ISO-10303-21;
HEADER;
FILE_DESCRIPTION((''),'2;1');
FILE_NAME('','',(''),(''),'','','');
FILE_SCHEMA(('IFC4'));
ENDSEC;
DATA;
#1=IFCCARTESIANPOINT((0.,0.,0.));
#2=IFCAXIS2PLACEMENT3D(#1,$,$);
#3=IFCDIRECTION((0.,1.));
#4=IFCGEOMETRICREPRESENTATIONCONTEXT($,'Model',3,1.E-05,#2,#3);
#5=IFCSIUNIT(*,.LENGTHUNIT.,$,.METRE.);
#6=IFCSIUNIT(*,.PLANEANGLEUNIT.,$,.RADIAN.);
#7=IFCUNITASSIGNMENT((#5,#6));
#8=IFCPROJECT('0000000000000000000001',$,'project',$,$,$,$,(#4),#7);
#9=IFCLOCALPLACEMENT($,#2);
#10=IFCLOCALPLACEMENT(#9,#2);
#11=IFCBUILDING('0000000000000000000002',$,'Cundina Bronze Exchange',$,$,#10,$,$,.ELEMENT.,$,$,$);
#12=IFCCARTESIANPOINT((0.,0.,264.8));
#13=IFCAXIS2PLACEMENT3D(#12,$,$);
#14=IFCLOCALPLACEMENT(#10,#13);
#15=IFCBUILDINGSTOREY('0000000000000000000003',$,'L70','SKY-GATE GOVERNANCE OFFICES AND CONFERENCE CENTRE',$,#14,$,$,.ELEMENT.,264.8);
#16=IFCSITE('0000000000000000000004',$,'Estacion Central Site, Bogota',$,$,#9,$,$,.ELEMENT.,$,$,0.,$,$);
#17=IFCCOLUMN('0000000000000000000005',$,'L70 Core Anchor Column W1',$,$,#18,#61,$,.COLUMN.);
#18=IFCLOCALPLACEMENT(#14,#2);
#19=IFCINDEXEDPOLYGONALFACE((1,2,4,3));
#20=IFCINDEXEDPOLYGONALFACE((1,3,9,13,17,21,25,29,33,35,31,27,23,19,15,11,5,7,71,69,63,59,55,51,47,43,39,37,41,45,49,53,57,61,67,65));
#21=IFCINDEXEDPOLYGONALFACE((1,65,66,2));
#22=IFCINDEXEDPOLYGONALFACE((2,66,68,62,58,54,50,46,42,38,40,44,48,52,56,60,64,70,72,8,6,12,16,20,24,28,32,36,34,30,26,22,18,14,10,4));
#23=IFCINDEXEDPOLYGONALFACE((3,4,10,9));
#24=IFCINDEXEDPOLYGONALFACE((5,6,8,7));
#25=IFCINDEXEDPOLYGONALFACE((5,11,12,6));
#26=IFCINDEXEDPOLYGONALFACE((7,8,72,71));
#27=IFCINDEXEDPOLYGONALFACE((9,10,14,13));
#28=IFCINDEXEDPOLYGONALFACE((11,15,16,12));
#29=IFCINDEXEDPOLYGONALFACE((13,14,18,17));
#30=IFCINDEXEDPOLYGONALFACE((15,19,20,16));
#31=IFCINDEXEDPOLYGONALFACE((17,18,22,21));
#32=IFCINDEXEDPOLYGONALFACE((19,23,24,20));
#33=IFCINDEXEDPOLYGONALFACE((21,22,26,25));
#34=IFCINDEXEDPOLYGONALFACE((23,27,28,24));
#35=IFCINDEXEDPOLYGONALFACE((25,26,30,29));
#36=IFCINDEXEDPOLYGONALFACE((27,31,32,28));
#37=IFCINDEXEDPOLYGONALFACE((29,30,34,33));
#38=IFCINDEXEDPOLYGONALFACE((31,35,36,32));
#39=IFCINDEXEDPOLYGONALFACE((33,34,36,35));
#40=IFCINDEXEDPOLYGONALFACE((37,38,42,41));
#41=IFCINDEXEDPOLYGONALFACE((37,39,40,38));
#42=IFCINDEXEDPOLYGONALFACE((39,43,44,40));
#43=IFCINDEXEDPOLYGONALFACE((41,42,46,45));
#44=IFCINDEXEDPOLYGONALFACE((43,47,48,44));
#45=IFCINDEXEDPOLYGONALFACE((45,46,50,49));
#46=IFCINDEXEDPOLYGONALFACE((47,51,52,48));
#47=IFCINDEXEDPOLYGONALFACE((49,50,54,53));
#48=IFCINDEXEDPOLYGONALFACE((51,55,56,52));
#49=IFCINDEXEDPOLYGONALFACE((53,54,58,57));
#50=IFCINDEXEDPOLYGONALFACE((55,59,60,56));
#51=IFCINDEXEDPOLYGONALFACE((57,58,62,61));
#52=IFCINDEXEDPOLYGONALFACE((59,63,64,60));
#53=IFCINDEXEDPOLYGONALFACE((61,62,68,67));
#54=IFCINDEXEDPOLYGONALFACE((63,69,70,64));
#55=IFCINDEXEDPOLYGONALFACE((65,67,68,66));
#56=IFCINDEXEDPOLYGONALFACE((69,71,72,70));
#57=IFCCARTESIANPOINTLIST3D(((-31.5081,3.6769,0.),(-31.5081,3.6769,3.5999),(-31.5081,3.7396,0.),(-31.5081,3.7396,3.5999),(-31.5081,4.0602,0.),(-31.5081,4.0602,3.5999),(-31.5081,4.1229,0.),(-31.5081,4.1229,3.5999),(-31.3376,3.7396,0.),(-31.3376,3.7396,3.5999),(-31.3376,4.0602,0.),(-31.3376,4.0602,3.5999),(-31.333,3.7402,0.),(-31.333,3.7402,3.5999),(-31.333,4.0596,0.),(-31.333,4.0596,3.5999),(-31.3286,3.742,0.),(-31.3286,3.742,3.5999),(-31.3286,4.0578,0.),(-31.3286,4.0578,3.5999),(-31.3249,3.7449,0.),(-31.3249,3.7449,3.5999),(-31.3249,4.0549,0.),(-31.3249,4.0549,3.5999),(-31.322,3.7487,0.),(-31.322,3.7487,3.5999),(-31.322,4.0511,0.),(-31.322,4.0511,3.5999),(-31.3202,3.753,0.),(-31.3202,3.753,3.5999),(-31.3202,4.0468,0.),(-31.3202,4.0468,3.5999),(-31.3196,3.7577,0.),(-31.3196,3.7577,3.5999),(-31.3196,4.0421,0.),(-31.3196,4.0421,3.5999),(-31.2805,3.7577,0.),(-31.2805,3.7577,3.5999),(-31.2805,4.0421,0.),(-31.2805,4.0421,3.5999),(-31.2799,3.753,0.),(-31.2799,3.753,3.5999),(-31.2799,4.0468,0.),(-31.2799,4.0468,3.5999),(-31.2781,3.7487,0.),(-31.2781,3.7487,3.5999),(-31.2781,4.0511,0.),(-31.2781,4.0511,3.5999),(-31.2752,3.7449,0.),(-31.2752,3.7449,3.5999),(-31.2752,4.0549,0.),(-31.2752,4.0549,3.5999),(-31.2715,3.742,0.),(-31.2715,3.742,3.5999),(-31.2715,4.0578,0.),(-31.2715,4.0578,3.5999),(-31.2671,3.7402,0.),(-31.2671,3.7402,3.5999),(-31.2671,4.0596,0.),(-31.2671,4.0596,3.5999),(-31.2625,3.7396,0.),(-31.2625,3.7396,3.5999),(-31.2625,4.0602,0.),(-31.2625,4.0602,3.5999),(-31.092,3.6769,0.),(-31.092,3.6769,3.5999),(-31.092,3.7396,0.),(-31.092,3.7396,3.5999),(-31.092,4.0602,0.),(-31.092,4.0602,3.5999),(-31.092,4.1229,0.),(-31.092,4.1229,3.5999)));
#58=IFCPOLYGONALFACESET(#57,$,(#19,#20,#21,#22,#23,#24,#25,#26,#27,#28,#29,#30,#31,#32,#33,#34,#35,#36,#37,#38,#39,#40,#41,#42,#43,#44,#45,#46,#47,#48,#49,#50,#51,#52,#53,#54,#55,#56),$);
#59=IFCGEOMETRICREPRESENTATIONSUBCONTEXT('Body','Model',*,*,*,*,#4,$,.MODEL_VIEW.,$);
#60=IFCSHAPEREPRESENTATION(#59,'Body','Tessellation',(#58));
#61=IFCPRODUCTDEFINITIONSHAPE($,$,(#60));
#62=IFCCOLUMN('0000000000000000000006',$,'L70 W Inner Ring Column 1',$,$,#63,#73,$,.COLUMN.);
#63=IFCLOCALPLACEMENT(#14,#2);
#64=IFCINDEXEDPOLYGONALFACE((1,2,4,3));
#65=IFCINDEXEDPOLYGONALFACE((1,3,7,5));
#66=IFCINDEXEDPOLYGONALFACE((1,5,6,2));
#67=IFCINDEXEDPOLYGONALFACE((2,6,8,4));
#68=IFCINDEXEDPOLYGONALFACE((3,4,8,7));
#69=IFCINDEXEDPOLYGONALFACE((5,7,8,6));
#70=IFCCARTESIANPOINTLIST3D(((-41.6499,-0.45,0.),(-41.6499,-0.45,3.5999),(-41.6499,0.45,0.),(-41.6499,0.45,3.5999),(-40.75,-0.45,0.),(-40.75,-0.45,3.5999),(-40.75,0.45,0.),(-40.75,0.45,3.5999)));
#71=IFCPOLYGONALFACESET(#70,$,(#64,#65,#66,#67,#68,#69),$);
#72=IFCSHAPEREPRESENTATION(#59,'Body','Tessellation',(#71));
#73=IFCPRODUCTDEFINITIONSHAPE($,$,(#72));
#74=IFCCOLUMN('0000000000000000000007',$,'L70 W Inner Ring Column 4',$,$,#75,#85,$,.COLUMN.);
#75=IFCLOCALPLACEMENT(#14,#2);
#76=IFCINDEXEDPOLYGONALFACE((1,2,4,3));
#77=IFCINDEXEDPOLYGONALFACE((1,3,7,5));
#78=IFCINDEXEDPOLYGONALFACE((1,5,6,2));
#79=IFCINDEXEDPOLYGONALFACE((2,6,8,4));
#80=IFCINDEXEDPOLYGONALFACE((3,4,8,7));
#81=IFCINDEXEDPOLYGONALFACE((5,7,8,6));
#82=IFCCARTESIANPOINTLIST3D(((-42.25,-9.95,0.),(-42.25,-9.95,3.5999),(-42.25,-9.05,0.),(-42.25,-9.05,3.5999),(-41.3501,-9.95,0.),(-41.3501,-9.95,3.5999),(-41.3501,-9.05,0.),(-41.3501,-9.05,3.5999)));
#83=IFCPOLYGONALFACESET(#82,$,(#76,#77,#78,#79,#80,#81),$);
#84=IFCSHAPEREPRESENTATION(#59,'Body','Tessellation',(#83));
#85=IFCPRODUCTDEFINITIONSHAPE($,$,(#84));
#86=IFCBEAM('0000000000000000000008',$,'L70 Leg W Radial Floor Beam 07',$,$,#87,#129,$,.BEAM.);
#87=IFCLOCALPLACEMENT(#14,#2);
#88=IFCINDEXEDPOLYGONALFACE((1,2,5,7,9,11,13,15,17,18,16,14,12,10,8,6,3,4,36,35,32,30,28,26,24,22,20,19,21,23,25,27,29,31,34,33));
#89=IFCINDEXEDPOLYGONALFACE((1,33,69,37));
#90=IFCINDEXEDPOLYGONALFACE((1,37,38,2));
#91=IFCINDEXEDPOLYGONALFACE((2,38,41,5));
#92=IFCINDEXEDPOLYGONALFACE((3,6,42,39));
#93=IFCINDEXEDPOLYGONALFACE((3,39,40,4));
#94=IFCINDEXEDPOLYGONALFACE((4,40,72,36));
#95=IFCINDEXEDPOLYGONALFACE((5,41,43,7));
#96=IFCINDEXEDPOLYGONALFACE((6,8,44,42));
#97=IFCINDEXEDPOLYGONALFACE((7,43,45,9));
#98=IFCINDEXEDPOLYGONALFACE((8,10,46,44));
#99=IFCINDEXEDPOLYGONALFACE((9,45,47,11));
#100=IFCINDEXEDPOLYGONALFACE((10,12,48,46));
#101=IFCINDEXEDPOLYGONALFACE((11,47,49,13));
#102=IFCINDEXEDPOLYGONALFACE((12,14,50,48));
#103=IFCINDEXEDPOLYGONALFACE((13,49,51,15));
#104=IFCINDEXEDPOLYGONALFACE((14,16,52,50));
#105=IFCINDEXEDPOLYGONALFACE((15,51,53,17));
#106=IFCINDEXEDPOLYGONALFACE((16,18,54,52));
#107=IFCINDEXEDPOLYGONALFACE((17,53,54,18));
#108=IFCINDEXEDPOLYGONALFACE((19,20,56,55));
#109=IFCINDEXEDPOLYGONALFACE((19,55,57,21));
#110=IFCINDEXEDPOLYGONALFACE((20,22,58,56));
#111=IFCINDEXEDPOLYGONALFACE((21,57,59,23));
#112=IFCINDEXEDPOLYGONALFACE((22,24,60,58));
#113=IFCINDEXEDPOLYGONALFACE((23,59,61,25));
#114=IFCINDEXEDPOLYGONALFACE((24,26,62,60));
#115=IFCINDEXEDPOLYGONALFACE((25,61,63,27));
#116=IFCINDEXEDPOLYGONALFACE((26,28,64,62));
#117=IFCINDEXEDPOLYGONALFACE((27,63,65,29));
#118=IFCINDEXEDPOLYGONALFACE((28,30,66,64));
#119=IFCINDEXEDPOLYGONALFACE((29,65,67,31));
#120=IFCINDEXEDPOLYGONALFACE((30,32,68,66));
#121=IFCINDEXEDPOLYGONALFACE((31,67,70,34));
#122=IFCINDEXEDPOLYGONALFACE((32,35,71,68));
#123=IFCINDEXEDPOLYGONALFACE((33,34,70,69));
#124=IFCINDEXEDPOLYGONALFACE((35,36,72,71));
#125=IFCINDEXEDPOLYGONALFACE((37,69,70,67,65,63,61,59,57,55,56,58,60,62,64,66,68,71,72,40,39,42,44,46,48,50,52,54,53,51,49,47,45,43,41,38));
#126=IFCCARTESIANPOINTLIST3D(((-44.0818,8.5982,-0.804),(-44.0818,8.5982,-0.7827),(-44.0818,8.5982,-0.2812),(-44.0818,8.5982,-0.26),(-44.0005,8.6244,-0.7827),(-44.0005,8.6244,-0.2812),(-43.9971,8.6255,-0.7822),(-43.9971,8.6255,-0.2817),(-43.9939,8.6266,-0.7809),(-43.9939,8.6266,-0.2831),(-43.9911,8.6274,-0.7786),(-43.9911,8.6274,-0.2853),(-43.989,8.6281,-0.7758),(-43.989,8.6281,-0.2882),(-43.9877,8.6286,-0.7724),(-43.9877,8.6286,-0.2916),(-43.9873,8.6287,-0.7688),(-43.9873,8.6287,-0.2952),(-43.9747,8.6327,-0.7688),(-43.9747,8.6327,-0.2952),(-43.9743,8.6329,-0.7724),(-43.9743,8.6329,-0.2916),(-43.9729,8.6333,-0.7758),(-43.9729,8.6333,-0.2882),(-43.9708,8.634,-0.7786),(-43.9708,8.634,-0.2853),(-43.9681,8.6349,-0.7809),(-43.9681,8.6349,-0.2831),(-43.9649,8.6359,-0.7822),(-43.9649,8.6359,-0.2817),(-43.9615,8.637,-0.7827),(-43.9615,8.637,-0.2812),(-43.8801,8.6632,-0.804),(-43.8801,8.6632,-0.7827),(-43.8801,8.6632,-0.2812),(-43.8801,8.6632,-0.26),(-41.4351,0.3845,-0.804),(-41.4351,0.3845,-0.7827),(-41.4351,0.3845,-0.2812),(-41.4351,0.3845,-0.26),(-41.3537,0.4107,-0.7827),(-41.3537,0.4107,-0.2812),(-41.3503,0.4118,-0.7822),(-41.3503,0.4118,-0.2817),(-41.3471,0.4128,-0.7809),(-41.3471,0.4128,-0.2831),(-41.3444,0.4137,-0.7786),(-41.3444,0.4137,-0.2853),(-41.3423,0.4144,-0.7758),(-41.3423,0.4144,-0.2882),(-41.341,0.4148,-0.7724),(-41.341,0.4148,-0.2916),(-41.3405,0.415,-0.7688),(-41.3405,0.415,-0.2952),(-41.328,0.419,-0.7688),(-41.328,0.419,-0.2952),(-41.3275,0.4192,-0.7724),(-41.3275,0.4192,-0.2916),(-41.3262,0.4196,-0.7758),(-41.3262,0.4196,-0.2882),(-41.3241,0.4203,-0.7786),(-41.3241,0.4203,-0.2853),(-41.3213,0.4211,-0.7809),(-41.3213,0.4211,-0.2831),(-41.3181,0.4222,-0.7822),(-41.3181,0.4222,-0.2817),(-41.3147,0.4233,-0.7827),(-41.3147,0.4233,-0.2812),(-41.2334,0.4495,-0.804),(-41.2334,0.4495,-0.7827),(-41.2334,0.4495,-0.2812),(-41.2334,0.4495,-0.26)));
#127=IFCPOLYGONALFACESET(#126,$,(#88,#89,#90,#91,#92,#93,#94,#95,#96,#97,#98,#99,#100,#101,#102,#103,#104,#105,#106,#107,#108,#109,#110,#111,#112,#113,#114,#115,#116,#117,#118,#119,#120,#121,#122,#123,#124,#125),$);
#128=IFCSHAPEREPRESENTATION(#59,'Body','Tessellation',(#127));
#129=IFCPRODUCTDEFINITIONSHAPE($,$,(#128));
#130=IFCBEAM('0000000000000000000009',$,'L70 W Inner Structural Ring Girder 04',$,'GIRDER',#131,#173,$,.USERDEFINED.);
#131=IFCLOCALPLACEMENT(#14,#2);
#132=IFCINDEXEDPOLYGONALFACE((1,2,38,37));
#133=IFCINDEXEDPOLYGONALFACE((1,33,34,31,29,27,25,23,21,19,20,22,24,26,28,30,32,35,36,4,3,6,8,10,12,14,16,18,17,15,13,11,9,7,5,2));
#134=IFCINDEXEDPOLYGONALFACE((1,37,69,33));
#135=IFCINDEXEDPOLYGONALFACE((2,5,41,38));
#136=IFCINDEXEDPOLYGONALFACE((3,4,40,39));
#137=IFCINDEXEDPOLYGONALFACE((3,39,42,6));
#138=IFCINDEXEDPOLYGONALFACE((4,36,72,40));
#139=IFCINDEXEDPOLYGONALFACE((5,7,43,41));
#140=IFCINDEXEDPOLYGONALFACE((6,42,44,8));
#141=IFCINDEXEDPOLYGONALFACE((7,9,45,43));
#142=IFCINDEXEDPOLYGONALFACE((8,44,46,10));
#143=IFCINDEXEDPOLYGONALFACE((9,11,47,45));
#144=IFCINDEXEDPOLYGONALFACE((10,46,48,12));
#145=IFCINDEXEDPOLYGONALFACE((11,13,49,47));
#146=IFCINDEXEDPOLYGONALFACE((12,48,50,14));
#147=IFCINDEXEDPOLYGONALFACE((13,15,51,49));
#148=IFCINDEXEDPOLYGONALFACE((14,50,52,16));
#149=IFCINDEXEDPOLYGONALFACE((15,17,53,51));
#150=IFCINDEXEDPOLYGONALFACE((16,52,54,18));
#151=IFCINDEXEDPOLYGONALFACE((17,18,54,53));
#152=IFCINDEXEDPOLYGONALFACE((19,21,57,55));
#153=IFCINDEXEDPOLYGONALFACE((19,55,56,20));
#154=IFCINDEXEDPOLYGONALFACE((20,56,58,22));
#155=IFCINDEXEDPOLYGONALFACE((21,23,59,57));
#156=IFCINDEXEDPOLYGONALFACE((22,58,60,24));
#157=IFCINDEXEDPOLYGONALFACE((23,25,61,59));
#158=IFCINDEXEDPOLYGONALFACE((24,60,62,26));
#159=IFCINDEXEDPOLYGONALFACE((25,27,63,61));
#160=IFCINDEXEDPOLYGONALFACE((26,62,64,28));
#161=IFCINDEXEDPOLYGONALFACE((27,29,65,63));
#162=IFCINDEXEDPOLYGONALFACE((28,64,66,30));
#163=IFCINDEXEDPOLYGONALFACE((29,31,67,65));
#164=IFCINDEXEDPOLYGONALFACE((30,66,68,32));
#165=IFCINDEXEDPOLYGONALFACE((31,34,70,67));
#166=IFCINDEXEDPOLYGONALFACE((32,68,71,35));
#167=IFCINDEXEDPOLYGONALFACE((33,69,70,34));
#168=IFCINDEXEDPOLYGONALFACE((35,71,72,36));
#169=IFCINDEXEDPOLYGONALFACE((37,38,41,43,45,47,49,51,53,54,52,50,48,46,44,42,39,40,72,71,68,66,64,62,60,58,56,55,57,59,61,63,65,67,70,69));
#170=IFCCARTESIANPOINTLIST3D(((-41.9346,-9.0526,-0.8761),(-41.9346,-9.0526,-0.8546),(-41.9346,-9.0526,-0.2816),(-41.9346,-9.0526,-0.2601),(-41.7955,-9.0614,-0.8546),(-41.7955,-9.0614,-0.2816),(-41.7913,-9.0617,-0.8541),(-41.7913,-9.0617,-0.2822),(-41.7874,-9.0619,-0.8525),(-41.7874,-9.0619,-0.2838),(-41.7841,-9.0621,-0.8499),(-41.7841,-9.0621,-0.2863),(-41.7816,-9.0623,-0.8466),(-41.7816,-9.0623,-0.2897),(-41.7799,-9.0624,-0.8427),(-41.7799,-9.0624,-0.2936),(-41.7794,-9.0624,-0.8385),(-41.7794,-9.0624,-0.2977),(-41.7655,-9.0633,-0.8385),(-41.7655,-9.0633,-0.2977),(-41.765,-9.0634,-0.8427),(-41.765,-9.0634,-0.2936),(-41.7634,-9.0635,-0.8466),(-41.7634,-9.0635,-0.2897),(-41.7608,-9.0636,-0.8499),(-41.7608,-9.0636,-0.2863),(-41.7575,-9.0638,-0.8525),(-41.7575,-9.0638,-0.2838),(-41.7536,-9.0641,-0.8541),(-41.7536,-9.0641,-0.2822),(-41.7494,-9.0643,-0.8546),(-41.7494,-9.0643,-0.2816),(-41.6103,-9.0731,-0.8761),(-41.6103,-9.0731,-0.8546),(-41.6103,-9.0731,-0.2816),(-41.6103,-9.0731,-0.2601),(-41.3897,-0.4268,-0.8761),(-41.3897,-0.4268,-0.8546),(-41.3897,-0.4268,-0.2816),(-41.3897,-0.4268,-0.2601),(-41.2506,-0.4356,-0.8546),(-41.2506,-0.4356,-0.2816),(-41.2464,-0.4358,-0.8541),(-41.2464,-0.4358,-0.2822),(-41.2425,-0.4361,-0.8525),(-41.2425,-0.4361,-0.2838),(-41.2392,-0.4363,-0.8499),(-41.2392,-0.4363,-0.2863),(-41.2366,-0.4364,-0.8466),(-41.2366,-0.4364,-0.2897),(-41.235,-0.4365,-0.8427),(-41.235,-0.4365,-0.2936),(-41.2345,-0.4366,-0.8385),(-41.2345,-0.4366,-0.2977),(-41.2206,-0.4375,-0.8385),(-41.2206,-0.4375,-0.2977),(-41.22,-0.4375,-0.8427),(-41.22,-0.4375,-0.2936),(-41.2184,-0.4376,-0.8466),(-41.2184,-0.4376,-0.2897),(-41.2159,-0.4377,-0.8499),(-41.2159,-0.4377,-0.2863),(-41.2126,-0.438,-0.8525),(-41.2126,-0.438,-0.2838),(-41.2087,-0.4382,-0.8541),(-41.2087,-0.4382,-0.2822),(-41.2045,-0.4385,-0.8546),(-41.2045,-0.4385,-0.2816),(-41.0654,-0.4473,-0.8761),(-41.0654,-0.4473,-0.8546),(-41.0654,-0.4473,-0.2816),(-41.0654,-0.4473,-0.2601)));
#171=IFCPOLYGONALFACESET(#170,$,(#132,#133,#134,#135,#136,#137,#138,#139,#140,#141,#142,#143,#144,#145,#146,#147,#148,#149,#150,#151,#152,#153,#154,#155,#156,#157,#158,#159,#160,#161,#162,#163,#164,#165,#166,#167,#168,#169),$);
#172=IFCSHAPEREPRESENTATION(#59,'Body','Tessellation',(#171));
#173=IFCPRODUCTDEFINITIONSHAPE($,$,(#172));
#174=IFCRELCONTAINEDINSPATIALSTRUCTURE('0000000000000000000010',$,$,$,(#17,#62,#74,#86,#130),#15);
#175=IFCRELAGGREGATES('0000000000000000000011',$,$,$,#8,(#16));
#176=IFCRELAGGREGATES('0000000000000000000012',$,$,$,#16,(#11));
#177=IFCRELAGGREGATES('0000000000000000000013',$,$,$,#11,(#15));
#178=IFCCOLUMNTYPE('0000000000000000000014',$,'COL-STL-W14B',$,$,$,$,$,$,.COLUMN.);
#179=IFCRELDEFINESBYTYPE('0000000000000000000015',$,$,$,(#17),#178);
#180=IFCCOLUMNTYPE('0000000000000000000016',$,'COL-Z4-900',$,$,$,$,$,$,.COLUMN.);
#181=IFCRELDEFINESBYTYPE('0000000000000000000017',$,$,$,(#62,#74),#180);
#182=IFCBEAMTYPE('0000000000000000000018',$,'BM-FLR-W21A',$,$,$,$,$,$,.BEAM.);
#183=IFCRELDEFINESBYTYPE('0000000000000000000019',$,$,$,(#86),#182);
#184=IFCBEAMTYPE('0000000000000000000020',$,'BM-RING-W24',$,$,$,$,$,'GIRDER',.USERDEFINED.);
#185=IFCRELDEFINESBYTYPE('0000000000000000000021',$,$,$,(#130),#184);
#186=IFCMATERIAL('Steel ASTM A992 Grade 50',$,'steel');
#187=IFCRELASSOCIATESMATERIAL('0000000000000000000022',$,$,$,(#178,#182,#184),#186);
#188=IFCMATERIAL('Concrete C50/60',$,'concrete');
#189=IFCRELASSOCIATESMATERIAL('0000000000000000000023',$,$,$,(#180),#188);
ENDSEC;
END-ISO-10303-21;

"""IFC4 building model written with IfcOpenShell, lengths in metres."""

from ifc_helpers import new_model, si_unit, direction, frame, origin, origin_2d, place, context, subcontext, project, spatial, rectangle, i_section, extrude, material, material_profile, profile_set, type_object, element, save


model = new_model("IFC4")

# Units and contexts
model_context = context("Model", 3, precision=1e-05, world=origin(), true_north=direction((0.0, 1.0)))
body_context = subcontext(model_context, "Body", "Model", "MODEL_VIEW")
ifc_project = project(units=[si_unit("LENGTHUNIT", "METRE"), si_unit("PLANEANGLEUNIT", "RADIAN")], contexts=[model_context])

# Site, building, storey
site_placement = place(None, origin())
site = spatial("IfcSite", under=ifc_project, at=site_placement, Name="Estacion Central Site, Bogota", CompositionType="ELEMENT", RefElevation=0.0)
building_placement = place(site_placement, origin())
building = spatial("IfcBuilding", under=site, at=building_placement, Name="Cundina Bronze Exchange", CompositionType="ELEMENT")
storey_placement = place(building_placement, frame((0.0, 0.0, 264.8)))
storey = spatial("IfcBuildingStorey", under=building, at=storey_placement, Name="L70", Description="SKY-GATE GOVERNANCE OFFICES AND CONFERENCE CENTRE", CompositionType="ELEMENT", Elevation=264.8)

# Columns
ifc_material_1 = material(Name="Steel ASTM A992 Grade 50", Category="steel")
ifc_material_profile_1 = material_profile(ifc_material_1, i_section(OverallWidth=0.416, OverallDepth=0.446, WebThickness=0.0391, FlangeThickness=0.0627, FilletRadius=0.0181, at=origin_2d()), Name="W14X342", Category="steel")
ifc_profile_set_1 = profile_set([ifc_material_profile_1], Name="Steel ASTM A992 Grade 50")
column_type_1 = type_object("IfcColumnType", Name="COL-STL-W14B", PredefinedType="COLUMN", material=ifc_profile_set_1)
column_placement = place(storey_placement, frame((-31.3, 3.8999, 0.0), z_axis=(0.0, 0.0, 1.0), x_axis=(1.0, 0.0, 0.0)))
element("IfcColumn", 1, at=column_placement, inside=storey, type_object=column_type_1, Name="L70 Core Anchor Column W1", PredefinedType="COLUMN", context=body_context, shape_type="SweptSolid", body=[
    extrude(i_section(OverallWidth=0.416, OverallDepth=0.446, WebThickness=0.0391, FlangeThickness=0.0627, FilletRadius=0.0181, at=origin_2d()), origin(), (0.0, 0.0, 1.0), 3.5999),
])
ifc_material_2 = material(Name="Concrete C50/60", Category="concrete")
ifc_material_profile_2 = material_profile(ifc_material_2, rectangle(XDim=0.8999, YDim=0.8999, at=origin_2d()), Name="RC900X900", Category="concrete")
ifc_profile_set_2 = profile_set([ifc_material_profile_2], Name="Concrete C50/60")
column_type_2 = type_object("IfcColumnType", Name="COL-Z4-900", PredefinedType="COLUMN", material=ifc_profile_set_2)
for number, where, z_axis, x_axis, name in (
    (2, (-41.2, 0.0, 0.0), (0.0, 0.0, 1.0), (1.0, 0.0, 0.0), "L70 W Inner Ring Column 1"),
    (3, (-41.8, -9.5, 0.0), (0.0, 0.0, 1.0), (1.0, 0.0, 0.0), "L70 W Inner Ring Column 4"),
):
    element("IfcColumn", number, at=place(storey_placement, frame(where, z_axis=z_axis, x_axis=x_axis)), inside=storey, type_object=column_type_2, Name=name, PredefinedType="COLUMN", context=body_context, shape_type="SweptSolid", body=[
        extrude(rectangle(XDim=0.8999, YDim=0.8999, at=origin_2d()), origin(), (0.0, 0.0, 1.0), 3.5999),
    ])

# Beams
ifc_material_profile_3 = material_profile(ifc_material_1, i_section(OverallWidth=0.2119, OverallDepth=0.5439, WebThickness=0.0132, FlangeThickness=0.0212, FilletRadius=0.0139, at=origin_2d()), Name="W21X83", Category="steel")
ifc_profile_set_3 = profile_set([ifc_material_profile_3], Name="Steel ASTM A992 Grade 50")
beam_type_1 = type_object("IfcBeamType", Name="BM-FLR-W21A", PredefinedType="BEAM", material=ifc_profile_set_3)
beam_1_placement = place(storey_placement, frame((-41.3342, 0.417, -0.532), z_axis=(-0.306706, 0.951804, 0.0), x_axis=(-0.951804, -0.306706, 0.0)))
element("IfcBeam", 4, at=beam_1_placement, inside=storey, type_object=beam_type_1, Name="L70 Leg W Radial Floor Beam 07", PredefinedType="BEAM", context=body_context, shape_type="SweptSolid", body=[
    extrude(i_section(OverallWidth=0.2119, OverallDepth=0.5439, WebThickness=0.0132, FlangeThickness=0.0212, FilletRadius=0.0139, at=origin_2d()), origin(), (0.0, 0.0, 1.0), 8.6296),
])
ifc_material_profile_4 = material_profile(ifc_material_1, i_section(OverallWidth=0.325, OverallDepth=0.616, WebThickness=0.0139, FlangeThickness=0.0215, FilletRadius=0.0161, at=origin_2d()), Name="W24X117", Category="steel")
ifc_profile_set_4 = profile_set([ifc_material_profile_4], Name="Steel ASTM A992 Grade 50")
beam_type_2 = type_object("IfcBeamType", Name="BM-RING-W24", ElementType="GIRDER", PredefinedType="USERDEFINED", material=ifc_profile_set_4)
beam_2_placement = place(storey_placement, frame((-41.2275, -0.437, -0.5681), z_axis=(-0.063047, -0.998011, 0.0), x_axis=(0.998011, -0.063047, 0.0)))
element("IfcBeam", 5, at=beam_2_placement, inside=storey, type_object=beam_type_2, Name="L70 W Inner Structural Ring Girder 04", ObjectType="GIRDER", PredefinedType="USERDEFINED", context=body_context, shape_type="SweptSolid", body=[
    extrude(i_section(OverallWidth=0.325, OverallDepth=0.616, WebThickness=0.0139, FlangeThickness=0.0215, FilletRadius=0.0161, at=origin_2d()), origin(), (0.0, 0.0, 1.0), 8.6431),
])

save(model, "model.ifc")
